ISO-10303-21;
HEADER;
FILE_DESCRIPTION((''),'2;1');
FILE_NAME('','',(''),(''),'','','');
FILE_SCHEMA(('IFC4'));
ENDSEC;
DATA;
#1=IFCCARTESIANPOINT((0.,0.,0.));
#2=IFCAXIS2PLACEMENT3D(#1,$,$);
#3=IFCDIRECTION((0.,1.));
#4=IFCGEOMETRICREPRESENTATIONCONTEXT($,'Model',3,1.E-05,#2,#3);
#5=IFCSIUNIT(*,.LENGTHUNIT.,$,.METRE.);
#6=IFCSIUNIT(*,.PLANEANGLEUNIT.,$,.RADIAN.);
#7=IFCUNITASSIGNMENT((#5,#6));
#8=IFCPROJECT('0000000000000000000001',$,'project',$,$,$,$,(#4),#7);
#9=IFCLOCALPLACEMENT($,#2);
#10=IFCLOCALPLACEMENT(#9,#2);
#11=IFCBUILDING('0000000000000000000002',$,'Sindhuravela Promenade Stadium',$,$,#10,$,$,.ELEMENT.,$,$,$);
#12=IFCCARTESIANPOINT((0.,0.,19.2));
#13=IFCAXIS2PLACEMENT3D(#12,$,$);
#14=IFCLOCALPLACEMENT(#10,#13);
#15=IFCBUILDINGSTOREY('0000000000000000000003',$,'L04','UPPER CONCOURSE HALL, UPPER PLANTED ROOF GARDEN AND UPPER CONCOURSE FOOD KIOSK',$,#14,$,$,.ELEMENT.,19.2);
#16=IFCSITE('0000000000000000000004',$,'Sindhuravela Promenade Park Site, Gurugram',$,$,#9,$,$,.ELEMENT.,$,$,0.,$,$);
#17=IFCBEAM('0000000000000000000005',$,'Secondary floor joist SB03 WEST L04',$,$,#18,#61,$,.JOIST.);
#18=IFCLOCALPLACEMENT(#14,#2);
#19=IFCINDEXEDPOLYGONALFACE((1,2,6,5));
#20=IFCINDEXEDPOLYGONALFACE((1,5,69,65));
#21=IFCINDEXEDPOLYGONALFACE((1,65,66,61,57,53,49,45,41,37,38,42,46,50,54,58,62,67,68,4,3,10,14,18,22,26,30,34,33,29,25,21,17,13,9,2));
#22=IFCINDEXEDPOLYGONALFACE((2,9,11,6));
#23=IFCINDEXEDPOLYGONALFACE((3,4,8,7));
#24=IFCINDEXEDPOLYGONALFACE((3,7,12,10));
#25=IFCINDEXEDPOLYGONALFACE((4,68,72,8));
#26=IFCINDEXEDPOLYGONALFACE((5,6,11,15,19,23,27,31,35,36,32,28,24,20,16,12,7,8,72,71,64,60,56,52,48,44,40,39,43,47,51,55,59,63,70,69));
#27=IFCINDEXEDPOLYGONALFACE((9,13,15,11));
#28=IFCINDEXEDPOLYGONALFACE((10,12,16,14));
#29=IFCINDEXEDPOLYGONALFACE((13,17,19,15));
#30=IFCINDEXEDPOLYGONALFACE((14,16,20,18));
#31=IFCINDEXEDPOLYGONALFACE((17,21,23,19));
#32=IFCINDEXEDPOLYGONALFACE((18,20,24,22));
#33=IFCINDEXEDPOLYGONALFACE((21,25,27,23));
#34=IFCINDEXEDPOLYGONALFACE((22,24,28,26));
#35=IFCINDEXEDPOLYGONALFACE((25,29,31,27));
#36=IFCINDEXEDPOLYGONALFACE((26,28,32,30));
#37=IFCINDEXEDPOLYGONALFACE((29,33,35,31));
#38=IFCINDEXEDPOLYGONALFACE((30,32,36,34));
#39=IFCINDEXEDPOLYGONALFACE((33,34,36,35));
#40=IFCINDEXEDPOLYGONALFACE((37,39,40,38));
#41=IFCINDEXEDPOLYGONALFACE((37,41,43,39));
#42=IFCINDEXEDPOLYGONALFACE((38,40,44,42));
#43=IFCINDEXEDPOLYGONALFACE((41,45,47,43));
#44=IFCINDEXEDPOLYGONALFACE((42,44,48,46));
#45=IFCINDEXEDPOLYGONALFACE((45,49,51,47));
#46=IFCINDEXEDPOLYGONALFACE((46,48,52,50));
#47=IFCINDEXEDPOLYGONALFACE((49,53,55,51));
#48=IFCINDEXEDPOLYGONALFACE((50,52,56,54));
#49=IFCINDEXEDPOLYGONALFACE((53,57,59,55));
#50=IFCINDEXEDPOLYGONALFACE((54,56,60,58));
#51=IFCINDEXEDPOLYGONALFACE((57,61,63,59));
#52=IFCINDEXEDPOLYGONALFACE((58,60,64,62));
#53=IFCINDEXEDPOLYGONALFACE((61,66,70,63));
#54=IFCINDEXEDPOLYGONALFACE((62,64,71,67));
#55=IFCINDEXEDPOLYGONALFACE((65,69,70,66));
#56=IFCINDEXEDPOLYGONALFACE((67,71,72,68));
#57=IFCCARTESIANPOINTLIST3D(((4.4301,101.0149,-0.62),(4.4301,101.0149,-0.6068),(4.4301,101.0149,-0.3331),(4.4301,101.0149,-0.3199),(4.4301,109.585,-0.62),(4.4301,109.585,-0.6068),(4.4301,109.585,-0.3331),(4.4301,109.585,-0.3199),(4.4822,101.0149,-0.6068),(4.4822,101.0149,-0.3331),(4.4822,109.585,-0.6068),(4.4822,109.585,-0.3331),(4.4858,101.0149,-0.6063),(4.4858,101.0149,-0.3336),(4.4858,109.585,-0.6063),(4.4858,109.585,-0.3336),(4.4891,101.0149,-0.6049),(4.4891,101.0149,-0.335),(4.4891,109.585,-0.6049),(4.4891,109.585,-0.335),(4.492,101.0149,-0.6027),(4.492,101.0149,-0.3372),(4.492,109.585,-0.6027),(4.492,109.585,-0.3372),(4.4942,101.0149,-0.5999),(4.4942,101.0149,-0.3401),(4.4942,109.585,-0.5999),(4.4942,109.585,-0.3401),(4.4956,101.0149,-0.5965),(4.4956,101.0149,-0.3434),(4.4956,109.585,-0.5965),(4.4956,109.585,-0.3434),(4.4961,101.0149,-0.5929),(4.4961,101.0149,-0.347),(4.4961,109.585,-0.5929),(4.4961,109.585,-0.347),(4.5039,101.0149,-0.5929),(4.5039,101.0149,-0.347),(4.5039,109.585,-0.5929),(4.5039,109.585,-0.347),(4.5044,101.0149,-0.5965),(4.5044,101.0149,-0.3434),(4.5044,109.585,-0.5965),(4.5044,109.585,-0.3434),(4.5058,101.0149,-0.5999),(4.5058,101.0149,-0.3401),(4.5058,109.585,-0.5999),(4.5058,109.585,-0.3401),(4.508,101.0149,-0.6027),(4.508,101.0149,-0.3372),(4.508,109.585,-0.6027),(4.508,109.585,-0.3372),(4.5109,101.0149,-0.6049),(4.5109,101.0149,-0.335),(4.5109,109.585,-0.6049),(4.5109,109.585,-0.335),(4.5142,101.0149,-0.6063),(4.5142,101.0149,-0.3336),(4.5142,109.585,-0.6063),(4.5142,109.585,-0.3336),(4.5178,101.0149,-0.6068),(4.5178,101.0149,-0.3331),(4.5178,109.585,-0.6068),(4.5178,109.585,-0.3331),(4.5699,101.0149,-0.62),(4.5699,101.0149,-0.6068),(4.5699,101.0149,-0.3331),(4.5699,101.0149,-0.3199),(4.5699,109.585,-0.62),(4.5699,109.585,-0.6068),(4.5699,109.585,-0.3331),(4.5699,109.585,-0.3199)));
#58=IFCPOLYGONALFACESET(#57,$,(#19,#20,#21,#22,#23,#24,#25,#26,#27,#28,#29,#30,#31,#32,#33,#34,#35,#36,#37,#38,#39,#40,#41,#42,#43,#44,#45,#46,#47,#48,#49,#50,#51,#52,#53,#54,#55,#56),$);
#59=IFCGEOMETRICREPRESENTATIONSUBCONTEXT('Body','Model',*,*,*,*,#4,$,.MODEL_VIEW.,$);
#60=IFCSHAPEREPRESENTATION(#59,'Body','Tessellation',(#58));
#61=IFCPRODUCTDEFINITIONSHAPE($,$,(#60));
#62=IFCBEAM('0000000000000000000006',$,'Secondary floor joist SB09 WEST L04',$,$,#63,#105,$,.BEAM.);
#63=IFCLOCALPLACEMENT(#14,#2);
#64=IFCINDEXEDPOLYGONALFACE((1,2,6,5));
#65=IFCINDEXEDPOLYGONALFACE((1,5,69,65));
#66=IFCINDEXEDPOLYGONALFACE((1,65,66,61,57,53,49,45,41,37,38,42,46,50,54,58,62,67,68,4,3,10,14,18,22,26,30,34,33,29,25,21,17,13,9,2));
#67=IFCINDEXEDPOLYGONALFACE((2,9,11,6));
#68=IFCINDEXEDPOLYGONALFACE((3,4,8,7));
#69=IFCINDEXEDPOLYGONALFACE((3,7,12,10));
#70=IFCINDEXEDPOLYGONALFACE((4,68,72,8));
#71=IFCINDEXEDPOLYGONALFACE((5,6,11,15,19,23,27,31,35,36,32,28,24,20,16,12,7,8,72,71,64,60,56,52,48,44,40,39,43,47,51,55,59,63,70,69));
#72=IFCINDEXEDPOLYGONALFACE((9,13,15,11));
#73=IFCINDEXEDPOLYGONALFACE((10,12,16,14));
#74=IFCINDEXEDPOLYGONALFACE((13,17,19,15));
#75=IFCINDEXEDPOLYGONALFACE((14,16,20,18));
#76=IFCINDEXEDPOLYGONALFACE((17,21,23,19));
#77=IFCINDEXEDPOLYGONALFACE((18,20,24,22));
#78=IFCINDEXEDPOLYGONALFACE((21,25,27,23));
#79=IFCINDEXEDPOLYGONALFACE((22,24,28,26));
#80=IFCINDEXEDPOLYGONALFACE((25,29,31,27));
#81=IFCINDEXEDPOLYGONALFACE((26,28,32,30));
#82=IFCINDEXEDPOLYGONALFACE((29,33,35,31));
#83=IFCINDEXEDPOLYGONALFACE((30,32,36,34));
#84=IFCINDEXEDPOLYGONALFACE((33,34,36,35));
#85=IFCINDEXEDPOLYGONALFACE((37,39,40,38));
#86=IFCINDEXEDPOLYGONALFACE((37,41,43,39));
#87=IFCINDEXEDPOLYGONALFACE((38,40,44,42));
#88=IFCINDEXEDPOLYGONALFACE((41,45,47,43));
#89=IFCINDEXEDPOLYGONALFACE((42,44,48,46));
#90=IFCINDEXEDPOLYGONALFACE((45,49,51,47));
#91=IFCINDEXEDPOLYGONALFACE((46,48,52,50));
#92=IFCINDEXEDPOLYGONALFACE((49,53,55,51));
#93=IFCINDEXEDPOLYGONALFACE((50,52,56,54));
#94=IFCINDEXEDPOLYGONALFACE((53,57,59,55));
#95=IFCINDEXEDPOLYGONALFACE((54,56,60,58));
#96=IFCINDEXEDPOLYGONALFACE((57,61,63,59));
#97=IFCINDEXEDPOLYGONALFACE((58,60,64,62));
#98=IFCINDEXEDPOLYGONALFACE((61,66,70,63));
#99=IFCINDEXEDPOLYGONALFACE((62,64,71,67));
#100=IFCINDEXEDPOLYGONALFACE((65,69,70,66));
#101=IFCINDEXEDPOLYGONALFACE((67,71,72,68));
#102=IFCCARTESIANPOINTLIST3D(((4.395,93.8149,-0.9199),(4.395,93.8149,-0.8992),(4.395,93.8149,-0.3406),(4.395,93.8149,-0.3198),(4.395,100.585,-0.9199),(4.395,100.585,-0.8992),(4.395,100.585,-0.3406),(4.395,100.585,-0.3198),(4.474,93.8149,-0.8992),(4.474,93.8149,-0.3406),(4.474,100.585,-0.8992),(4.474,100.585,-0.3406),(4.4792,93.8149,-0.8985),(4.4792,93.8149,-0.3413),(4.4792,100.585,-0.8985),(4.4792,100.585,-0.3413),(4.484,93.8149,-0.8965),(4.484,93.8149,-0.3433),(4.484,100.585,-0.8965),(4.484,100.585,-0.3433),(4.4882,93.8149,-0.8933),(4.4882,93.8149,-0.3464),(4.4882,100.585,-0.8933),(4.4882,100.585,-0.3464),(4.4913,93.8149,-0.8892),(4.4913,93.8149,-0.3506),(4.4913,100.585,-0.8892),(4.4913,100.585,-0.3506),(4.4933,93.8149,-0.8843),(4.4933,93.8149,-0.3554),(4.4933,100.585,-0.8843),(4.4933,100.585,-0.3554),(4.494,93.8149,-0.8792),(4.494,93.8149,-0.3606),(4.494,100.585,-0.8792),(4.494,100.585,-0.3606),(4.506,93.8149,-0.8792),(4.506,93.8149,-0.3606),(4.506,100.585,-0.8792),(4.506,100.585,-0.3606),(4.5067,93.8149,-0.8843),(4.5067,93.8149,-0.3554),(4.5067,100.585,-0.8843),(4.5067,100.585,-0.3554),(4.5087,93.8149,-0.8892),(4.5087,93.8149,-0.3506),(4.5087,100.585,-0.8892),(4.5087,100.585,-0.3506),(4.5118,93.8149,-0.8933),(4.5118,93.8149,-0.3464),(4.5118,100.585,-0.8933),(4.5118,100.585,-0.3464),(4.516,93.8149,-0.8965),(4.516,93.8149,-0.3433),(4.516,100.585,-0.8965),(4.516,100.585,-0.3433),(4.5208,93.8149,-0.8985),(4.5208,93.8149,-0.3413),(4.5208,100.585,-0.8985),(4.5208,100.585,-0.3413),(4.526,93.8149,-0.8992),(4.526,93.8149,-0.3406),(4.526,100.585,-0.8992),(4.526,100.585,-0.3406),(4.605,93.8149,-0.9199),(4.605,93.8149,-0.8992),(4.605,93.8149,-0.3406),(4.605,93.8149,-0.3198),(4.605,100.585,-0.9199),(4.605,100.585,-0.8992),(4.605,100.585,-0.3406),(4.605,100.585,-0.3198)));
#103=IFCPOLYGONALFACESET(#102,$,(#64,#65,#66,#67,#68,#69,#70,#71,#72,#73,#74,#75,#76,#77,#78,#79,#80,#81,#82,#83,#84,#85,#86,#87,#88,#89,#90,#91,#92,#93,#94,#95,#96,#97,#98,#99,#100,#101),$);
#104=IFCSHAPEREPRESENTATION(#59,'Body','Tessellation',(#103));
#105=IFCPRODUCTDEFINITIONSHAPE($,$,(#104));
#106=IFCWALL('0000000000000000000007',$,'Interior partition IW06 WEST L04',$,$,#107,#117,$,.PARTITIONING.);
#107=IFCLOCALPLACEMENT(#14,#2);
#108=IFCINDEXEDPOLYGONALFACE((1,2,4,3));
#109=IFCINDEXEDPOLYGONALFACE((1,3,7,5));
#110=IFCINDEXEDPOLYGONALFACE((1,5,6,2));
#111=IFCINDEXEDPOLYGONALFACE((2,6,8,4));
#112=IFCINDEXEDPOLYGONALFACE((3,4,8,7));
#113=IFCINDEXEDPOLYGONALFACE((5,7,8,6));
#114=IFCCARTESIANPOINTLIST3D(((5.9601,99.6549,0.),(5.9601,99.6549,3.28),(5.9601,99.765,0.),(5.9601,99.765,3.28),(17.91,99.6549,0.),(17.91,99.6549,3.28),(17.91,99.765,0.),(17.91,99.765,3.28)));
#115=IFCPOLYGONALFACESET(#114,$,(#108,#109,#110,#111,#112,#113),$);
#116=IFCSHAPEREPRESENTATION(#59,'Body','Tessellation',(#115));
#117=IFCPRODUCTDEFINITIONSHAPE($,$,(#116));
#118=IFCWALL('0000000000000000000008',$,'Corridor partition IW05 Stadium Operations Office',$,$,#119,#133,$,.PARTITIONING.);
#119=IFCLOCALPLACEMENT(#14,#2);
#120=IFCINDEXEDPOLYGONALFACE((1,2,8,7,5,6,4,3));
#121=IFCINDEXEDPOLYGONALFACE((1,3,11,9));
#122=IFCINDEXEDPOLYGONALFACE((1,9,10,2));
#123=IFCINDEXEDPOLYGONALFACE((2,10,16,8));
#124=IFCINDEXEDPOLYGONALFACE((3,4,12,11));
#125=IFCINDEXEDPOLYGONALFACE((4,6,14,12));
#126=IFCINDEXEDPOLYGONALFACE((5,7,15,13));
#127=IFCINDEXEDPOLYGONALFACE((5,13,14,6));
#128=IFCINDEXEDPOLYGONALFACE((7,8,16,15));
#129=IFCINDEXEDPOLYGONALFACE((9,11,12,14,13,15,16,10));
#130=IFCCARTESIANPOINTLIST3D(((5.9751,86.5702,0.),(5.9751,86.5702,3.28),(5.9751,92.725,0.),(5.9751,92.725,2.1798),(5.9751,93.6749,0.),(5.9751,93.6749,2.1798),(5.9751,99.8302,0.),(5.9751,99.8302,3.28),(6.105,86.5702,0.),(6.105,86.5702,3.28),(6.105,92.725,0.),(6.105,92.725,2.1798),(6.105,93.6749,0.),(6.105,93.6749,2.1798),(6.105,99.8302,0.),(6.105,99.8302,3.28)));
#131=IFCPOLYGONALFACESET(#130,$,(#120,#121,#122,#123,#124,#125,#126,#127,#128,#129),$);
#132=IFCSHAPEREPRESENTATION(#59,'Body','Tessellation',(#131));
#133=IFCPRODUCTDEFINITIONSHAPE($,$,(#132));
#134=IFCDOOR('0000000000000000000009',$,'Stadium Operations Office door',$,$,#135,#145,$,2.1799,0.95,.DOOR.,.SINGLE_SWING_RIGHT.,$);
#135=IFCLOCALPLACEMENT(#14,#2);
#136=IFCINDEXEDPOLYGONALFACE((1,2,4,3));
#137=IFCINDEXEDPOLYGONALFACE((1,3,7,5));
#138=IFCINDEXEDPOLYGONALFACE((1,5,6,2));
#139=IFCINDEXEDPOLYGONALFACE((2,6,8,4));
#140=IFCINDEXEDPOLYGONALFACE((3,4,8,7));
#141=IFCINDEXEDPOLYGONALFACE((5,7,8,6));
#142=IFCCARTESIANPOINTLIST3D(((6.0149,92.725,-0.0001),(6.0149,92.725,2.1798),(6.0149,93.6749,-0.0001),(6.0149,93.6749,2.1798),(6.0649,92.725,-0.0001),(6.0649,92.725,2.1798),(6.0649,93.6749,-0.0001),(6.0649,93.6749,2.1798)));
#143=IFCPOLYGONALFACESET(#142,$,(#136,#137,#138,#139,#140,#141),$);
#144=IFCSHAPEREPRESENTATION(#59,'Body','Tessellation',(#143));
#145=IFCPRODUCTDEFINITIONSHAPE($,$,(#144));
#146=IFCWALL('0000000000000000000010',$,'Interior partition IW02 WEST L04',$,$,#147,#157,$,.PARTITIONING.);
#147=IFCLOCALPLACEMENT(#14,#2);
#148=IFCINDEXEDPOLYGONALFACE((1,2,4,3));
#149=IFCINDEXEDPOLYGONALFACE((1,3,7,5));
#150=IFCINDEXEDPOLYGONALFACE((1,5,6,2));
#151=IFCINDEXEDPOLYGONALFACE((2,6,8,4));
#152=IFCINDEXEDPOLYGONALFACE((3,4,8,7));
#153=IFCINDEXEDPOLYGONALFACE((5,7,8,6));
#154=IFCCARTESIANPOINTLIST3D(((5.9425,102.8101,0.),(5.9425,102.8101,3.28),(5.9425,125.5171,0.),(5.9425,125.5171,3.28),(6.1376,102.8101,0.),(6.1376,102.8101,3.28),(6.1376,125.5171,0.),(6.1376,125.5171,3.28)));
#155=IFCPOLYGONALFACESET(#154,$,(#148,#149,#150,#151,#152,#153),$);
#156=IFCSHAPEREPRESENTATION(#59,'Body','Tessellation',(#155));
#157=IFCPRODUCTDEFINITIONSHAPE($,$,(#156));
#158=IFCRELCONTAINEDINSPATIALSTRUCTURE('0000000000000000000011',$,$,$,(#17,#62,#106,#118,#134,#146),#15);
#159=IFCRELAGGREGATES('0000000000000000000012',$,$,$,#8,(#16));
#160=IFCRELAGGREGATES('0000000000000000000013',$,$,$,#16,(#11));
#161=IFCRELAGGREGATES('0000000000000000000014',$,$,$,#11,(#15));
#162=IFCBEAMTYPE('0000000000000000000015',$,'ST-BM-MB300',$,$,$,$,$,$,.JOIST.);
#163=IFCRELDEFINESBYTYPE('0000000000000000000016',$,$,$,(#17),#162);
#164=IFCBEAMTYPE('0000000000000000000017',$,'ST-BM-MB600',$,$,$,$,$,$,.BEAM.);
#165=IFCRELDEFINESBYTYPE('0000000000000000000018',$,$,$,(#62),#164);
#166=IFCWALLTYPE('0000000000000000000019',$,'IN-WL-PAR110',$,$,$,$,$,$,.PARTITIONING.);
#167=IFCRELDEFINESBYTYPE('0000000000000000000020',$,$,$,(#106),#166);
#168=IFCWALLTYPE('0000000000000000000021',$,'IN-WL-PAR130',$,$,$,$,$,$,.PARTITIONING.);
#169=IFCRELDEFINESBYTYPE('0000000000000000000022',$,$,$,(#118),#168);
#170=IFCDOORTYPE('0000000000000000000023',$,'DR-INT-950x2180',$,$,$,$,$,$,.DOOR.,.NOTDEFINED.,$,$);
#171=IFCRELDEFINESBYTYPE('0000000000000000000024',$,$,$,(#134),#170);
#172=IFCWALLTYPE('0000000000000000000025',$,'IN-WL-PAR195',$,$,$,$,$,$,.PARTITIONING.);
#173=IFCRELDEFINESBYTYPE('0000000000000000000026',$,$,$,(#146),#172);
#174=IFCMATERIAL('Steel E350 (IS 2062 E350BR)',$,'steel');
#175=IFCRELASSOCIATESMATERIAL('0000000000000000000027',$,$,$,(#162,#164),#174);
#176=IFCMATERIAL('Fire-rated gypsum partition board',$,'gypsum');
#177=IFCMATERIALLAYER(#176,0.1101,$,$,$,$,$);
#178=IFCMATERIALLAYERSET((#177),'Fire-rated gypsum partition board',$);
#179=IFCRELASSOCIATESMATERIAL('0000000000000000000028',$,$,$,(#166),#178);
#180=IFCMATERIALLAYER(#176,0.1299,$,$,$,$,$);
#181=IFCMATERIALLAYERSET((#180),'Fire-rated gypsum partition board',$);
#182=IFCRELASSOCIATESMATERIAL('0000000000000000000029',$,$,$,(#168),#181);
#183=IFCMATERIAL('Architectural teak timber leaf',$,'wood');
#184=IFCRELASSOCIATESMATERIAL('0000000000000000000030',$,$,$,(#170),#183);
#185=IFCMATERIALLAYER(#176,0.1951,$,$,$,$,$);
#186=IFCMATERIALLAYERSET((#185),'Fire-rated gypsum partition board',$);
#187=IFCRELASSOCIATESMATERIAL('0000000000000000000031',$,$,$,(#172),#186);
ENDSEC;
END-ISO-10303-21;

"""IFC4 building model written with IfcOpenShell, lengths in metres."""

from ifc_helpers import new_model, si_unit, direction, frame, frame_2d, origin, origin_2d, place, context, subcontext, project, spatial, rectangle, i_section, extrude, material, layer, layer_set, material_profile, profile_set, type_object, element, fill, save


model = new_model("IFC4")

# Units and contexts
model_context = context("Model", 3, precision=1e-05, world=origin(), true_north=direction((0.0, 1.0)))
body_context = subcontext(model_context, "Body", "Model", "MODEL_VIEW")
ifc_project = project(units=[si_unit("LENGTHUNIT", "METRE"), si_unit("PLANEANGLEUNIT", "RADIAN")], contexts=[model_context])

# Site, building, storey
site_placement = place(None, origin())
site = spatial("IfcSite", under=ifc_project, at=site_placement, Name="Sindhuravela Promenade Park Site, Gurugram", CompositionType="ELEMENT", RefElevation=0.0)
building_placement = place(site_placement, origin())
building = spatial("IfcBuilding", under=site, at=building_placement, Name="Sindhuravela Promenade Stadium", CompositionType="ELEMENT")
storey_placement = place(building_placement, frame((0.0, 0.0, 19.2)))
storey = spatial("IfcBuildingStorey", under=building, at=storey_placement, Name="L04", Description="UPPER CONCOURSE HALL, UPPER PLANTED ROOF GARDEN AND UPPER CONCOURSE FOOD KIOSK", CompositionType="ELEMENT", Elevation=19.2)

# Beams
ifc_material_1 = material(Name="Steel E350 (IS 2062 E350BR)", Category="steel")
ifc_material_profile_1 = material_profile(ifc_material_1, i_section(OverallWidth=0.1399, OverallDepth=0.3, WebThickness=0.0078, FlangeThickness=0.0132, FilletRadius=0.0139, at=origin_2d()), Name="ISMB 300")
ifc_profile_set_1 = profile_set([ifc_material_profile_1], Name="Steel E350 (IS 2062 E350BR)")
beam_type_1 = type_object("IfcBeamType", Name="ST-BM-MB300", PredefinedType="JOIST", material=ifc_profile_set_1)
beam_1_placement = place(storey_placement, frame((4.5, 101.0149, -0.47), z_axis=(0.0, 1.0, 0.0), x_axis=(-1.0, 0.0, 0.0)))
element("IfcBeam", 1, at=beam_1_placement, inside=storey, type_object=beam_type_1, Name="Secondary floor joist SB03 WEST L04", PredefinedType="JOIST", context=body_context, shape_type="SweptSolid", body=[
    extrude(i_section(OverallWidth=0.1399, OverallDepth=0.3, WebThickness=0.0078, FlangeThickness=0.0132, FilletRadius=0.0139, at=origin_2d()), origin(), (0.0, 0.0, 1.0), 8.5701),
])
ifc_material_profile_2 = material_profile(ifc_material_1, i_section(OverallWidth=0.21, OverallDepth=0.6001, WebThickness=0.012, FlangeThickness=0.0208, FilletRadius=0.02, at=origin_2d()), Name="ISMB 600")
ifc_profile_set_2 = profile_set([ifc_material_profile_2], Name="Steel E350 (IS 2062 E350BR)")
beam_type_2 = type_object("IfcBeamType", Name="ST-BM-MB600", PredefinedType="BEAM", material=ifc_profile_set_2)
beam_2_placement = place(storey_placement, frame((4.5, 93.8149, -0.6199), z_axis=(0.0, 1.0, 0.0), x_axis=(-1.0, 0.0, 0.0)))
element("IfcBeam", 2, at=beam_2_placement, inside=storey, type_object=beam_type_2, Name="Secondary floor joist SB09 WEST L04", PredefinedType="BEAM", context=body_context, shape_type="SweptSolid", body=[
    extrude(i_section(OverallWidth=0.21, OverallDepth=0.6001, WebThickness=0.012, FlangeThickness=0.0208, FilletRadius=0.02, at=origin_2d()), origin(), (0.0, 0.0, 1.0), 6.77),
])

# Wall
ifc_material_2 = material(Name="Fire-rated gypsum partition board", Category="gypsum")
ifc_layer_1 = layer(ifc_material_2, 0.1101)
ifc_layer_set_1 = layer_set([ifc_layer_1], Name="Fire-rated gypsum partition board")
wall_type_1 = type_object("IfcWallType", Name="IN-WL-PAR110", PredefinedType="PARTITIONING", material=ifc_layer_set_1)
wall_1_placement = place(storey_placement, frame((5.96, 99.71, 0.0), z_axis=(0.0, 0.0, 1.0), x_axis=(1.0, 0.0, 0.0)))
element("IfcWall", 3, at=wall_1_placement, inside=storey, type_object=wall_type_1, Name="Interior partition IW06 WEST L04", PredefinedType="PARTITIONING", context=body_context, shape_type="SweptSolid", body=[
    extrude(rectangle(XDim=11.95, YDim=0.1101, at=frame_2d((5.9751, 0.0))), origin(), (0.0, 0.0, 1.0), 3.28),
])

# Wall, opening, door
ifc_layer_2 = layer(ifc_material_2, 0.1299)
ifc_layer_set_2 = layer_set([ifc_layer_2], Name="Fire-rated gypsum partition board")
wall_type_2 = type_object("IfcWallType", Name="IN-WL-PAR130", PredefinedType="PARTITIONING", material=ifc_layer_set_2)
wall_2_placement = place(storey_placement, frame((6.04, 99.8301, 0.0), z_axis=(0.0, 0.0, 1.0), x_axis=(0.0, -1.0, 0.0)))
wall_2 = element("IfcWall", 4, at=wall_2_placement, inside=storey, type_object=wall_type_2, Name="Corridor partition IW05 Stadium Operations Office", PredefinedType="PARTITIONING", context=body_context, shape_type="SweptSolid", body=[
    extrude(rectangle(XDim=13.26, YDim=0.1299, at=frame_2d((6.6299, 0.0))), origin(), (0.0, 0.0, 1.0), 3.28),
])
opening_1_placement = place(wall_2_placement, frame((6.155, 0.0, 0.0)))
opening_1 = element("IfcOpeningElement", 5, at=opening_1_placement, cuts=wall_2, PredefinedType="OPENING", context=body_context, shape_type="SweptSolid", body=[
    extrude(rectangle(XDim=0.95, YDim=2.1799, at=frame_2d((0.4751, 1.0898))), frame((0.0, 0.075, 0.0), z_axis=(0.0, -1.0, 0.0), x_axis=(1.0, 0.0, 0.0)), (0.0, 0.0, 1.0), 0.1499),
])
ifc_material_3 = material(Name="Architectural teak timber leaf", Category="wood")
door_type_1 = type_object("IfcDoorType", Name="DR-INT-950x2180", OperationType="NOTDEFINED", PredefinedType="DOOR", material=ifc_material_3)
door_1_placement = place(opening_1_placement, origin())
door_1 = element("IfcDoor", 6, at=door_1_placement, inside=storey, type_object=door_type_1, Name="Stadium Operations Office door", OperationType="SINGLE_SWING_RIGHT", OverallHeight=2.1799, OverallWidth=0.95, PredefinedType="DOOR", context=body_context, shape_type="SweptSolid", body=[
    extrude(rectangle(XDim=0.95, YDim=2.1799, at=frame_2d((0.4751, 1.0898))), frame((0.0, 0.0249, 0.0), z_axis=(0.0, -1.0, 0.0), x_axis=(1.0, 0.0, 0.0)), (0.0, 0.0, 1.0), 0.05),
])
fill(opening_1, door_1)

# Wall
ifc_layer_3 = layer(ifc_material_2, 0.1951)
ifc_layer_set_3 = layer_set([ifc_layer_3], Name="Fire-rated gypsum partition board")
wall_type_3 = type_object("IfcWallType", Name="IN-WL-PAR195", PredefinedType="PARTITIONING", material=ifc_layer_set_3)
wall_3_placement = place(storey_placement, frame((6.04, 102.8101, 0.0), z_axis=(0.0, 0.0, 1.0), x_axis=(0.0, 1.0, 0.0)))
element("IfcWall", 7, at=wall_3_placement, inside=storey, type_object=wall_type_3, Name="Interior partition IW02 WEST L04", PredefinedType="PARTITIONING", context=body_context, shape_type="SweptSolid", body=[
    extrude(rectangle(XDim=22.707, YDim=0.1951, at=frame_2d((11.3535, 0.0))), origin(), (0.0, 0.0, 1.0), 3.28),
])

save(model, "model.ifc")
